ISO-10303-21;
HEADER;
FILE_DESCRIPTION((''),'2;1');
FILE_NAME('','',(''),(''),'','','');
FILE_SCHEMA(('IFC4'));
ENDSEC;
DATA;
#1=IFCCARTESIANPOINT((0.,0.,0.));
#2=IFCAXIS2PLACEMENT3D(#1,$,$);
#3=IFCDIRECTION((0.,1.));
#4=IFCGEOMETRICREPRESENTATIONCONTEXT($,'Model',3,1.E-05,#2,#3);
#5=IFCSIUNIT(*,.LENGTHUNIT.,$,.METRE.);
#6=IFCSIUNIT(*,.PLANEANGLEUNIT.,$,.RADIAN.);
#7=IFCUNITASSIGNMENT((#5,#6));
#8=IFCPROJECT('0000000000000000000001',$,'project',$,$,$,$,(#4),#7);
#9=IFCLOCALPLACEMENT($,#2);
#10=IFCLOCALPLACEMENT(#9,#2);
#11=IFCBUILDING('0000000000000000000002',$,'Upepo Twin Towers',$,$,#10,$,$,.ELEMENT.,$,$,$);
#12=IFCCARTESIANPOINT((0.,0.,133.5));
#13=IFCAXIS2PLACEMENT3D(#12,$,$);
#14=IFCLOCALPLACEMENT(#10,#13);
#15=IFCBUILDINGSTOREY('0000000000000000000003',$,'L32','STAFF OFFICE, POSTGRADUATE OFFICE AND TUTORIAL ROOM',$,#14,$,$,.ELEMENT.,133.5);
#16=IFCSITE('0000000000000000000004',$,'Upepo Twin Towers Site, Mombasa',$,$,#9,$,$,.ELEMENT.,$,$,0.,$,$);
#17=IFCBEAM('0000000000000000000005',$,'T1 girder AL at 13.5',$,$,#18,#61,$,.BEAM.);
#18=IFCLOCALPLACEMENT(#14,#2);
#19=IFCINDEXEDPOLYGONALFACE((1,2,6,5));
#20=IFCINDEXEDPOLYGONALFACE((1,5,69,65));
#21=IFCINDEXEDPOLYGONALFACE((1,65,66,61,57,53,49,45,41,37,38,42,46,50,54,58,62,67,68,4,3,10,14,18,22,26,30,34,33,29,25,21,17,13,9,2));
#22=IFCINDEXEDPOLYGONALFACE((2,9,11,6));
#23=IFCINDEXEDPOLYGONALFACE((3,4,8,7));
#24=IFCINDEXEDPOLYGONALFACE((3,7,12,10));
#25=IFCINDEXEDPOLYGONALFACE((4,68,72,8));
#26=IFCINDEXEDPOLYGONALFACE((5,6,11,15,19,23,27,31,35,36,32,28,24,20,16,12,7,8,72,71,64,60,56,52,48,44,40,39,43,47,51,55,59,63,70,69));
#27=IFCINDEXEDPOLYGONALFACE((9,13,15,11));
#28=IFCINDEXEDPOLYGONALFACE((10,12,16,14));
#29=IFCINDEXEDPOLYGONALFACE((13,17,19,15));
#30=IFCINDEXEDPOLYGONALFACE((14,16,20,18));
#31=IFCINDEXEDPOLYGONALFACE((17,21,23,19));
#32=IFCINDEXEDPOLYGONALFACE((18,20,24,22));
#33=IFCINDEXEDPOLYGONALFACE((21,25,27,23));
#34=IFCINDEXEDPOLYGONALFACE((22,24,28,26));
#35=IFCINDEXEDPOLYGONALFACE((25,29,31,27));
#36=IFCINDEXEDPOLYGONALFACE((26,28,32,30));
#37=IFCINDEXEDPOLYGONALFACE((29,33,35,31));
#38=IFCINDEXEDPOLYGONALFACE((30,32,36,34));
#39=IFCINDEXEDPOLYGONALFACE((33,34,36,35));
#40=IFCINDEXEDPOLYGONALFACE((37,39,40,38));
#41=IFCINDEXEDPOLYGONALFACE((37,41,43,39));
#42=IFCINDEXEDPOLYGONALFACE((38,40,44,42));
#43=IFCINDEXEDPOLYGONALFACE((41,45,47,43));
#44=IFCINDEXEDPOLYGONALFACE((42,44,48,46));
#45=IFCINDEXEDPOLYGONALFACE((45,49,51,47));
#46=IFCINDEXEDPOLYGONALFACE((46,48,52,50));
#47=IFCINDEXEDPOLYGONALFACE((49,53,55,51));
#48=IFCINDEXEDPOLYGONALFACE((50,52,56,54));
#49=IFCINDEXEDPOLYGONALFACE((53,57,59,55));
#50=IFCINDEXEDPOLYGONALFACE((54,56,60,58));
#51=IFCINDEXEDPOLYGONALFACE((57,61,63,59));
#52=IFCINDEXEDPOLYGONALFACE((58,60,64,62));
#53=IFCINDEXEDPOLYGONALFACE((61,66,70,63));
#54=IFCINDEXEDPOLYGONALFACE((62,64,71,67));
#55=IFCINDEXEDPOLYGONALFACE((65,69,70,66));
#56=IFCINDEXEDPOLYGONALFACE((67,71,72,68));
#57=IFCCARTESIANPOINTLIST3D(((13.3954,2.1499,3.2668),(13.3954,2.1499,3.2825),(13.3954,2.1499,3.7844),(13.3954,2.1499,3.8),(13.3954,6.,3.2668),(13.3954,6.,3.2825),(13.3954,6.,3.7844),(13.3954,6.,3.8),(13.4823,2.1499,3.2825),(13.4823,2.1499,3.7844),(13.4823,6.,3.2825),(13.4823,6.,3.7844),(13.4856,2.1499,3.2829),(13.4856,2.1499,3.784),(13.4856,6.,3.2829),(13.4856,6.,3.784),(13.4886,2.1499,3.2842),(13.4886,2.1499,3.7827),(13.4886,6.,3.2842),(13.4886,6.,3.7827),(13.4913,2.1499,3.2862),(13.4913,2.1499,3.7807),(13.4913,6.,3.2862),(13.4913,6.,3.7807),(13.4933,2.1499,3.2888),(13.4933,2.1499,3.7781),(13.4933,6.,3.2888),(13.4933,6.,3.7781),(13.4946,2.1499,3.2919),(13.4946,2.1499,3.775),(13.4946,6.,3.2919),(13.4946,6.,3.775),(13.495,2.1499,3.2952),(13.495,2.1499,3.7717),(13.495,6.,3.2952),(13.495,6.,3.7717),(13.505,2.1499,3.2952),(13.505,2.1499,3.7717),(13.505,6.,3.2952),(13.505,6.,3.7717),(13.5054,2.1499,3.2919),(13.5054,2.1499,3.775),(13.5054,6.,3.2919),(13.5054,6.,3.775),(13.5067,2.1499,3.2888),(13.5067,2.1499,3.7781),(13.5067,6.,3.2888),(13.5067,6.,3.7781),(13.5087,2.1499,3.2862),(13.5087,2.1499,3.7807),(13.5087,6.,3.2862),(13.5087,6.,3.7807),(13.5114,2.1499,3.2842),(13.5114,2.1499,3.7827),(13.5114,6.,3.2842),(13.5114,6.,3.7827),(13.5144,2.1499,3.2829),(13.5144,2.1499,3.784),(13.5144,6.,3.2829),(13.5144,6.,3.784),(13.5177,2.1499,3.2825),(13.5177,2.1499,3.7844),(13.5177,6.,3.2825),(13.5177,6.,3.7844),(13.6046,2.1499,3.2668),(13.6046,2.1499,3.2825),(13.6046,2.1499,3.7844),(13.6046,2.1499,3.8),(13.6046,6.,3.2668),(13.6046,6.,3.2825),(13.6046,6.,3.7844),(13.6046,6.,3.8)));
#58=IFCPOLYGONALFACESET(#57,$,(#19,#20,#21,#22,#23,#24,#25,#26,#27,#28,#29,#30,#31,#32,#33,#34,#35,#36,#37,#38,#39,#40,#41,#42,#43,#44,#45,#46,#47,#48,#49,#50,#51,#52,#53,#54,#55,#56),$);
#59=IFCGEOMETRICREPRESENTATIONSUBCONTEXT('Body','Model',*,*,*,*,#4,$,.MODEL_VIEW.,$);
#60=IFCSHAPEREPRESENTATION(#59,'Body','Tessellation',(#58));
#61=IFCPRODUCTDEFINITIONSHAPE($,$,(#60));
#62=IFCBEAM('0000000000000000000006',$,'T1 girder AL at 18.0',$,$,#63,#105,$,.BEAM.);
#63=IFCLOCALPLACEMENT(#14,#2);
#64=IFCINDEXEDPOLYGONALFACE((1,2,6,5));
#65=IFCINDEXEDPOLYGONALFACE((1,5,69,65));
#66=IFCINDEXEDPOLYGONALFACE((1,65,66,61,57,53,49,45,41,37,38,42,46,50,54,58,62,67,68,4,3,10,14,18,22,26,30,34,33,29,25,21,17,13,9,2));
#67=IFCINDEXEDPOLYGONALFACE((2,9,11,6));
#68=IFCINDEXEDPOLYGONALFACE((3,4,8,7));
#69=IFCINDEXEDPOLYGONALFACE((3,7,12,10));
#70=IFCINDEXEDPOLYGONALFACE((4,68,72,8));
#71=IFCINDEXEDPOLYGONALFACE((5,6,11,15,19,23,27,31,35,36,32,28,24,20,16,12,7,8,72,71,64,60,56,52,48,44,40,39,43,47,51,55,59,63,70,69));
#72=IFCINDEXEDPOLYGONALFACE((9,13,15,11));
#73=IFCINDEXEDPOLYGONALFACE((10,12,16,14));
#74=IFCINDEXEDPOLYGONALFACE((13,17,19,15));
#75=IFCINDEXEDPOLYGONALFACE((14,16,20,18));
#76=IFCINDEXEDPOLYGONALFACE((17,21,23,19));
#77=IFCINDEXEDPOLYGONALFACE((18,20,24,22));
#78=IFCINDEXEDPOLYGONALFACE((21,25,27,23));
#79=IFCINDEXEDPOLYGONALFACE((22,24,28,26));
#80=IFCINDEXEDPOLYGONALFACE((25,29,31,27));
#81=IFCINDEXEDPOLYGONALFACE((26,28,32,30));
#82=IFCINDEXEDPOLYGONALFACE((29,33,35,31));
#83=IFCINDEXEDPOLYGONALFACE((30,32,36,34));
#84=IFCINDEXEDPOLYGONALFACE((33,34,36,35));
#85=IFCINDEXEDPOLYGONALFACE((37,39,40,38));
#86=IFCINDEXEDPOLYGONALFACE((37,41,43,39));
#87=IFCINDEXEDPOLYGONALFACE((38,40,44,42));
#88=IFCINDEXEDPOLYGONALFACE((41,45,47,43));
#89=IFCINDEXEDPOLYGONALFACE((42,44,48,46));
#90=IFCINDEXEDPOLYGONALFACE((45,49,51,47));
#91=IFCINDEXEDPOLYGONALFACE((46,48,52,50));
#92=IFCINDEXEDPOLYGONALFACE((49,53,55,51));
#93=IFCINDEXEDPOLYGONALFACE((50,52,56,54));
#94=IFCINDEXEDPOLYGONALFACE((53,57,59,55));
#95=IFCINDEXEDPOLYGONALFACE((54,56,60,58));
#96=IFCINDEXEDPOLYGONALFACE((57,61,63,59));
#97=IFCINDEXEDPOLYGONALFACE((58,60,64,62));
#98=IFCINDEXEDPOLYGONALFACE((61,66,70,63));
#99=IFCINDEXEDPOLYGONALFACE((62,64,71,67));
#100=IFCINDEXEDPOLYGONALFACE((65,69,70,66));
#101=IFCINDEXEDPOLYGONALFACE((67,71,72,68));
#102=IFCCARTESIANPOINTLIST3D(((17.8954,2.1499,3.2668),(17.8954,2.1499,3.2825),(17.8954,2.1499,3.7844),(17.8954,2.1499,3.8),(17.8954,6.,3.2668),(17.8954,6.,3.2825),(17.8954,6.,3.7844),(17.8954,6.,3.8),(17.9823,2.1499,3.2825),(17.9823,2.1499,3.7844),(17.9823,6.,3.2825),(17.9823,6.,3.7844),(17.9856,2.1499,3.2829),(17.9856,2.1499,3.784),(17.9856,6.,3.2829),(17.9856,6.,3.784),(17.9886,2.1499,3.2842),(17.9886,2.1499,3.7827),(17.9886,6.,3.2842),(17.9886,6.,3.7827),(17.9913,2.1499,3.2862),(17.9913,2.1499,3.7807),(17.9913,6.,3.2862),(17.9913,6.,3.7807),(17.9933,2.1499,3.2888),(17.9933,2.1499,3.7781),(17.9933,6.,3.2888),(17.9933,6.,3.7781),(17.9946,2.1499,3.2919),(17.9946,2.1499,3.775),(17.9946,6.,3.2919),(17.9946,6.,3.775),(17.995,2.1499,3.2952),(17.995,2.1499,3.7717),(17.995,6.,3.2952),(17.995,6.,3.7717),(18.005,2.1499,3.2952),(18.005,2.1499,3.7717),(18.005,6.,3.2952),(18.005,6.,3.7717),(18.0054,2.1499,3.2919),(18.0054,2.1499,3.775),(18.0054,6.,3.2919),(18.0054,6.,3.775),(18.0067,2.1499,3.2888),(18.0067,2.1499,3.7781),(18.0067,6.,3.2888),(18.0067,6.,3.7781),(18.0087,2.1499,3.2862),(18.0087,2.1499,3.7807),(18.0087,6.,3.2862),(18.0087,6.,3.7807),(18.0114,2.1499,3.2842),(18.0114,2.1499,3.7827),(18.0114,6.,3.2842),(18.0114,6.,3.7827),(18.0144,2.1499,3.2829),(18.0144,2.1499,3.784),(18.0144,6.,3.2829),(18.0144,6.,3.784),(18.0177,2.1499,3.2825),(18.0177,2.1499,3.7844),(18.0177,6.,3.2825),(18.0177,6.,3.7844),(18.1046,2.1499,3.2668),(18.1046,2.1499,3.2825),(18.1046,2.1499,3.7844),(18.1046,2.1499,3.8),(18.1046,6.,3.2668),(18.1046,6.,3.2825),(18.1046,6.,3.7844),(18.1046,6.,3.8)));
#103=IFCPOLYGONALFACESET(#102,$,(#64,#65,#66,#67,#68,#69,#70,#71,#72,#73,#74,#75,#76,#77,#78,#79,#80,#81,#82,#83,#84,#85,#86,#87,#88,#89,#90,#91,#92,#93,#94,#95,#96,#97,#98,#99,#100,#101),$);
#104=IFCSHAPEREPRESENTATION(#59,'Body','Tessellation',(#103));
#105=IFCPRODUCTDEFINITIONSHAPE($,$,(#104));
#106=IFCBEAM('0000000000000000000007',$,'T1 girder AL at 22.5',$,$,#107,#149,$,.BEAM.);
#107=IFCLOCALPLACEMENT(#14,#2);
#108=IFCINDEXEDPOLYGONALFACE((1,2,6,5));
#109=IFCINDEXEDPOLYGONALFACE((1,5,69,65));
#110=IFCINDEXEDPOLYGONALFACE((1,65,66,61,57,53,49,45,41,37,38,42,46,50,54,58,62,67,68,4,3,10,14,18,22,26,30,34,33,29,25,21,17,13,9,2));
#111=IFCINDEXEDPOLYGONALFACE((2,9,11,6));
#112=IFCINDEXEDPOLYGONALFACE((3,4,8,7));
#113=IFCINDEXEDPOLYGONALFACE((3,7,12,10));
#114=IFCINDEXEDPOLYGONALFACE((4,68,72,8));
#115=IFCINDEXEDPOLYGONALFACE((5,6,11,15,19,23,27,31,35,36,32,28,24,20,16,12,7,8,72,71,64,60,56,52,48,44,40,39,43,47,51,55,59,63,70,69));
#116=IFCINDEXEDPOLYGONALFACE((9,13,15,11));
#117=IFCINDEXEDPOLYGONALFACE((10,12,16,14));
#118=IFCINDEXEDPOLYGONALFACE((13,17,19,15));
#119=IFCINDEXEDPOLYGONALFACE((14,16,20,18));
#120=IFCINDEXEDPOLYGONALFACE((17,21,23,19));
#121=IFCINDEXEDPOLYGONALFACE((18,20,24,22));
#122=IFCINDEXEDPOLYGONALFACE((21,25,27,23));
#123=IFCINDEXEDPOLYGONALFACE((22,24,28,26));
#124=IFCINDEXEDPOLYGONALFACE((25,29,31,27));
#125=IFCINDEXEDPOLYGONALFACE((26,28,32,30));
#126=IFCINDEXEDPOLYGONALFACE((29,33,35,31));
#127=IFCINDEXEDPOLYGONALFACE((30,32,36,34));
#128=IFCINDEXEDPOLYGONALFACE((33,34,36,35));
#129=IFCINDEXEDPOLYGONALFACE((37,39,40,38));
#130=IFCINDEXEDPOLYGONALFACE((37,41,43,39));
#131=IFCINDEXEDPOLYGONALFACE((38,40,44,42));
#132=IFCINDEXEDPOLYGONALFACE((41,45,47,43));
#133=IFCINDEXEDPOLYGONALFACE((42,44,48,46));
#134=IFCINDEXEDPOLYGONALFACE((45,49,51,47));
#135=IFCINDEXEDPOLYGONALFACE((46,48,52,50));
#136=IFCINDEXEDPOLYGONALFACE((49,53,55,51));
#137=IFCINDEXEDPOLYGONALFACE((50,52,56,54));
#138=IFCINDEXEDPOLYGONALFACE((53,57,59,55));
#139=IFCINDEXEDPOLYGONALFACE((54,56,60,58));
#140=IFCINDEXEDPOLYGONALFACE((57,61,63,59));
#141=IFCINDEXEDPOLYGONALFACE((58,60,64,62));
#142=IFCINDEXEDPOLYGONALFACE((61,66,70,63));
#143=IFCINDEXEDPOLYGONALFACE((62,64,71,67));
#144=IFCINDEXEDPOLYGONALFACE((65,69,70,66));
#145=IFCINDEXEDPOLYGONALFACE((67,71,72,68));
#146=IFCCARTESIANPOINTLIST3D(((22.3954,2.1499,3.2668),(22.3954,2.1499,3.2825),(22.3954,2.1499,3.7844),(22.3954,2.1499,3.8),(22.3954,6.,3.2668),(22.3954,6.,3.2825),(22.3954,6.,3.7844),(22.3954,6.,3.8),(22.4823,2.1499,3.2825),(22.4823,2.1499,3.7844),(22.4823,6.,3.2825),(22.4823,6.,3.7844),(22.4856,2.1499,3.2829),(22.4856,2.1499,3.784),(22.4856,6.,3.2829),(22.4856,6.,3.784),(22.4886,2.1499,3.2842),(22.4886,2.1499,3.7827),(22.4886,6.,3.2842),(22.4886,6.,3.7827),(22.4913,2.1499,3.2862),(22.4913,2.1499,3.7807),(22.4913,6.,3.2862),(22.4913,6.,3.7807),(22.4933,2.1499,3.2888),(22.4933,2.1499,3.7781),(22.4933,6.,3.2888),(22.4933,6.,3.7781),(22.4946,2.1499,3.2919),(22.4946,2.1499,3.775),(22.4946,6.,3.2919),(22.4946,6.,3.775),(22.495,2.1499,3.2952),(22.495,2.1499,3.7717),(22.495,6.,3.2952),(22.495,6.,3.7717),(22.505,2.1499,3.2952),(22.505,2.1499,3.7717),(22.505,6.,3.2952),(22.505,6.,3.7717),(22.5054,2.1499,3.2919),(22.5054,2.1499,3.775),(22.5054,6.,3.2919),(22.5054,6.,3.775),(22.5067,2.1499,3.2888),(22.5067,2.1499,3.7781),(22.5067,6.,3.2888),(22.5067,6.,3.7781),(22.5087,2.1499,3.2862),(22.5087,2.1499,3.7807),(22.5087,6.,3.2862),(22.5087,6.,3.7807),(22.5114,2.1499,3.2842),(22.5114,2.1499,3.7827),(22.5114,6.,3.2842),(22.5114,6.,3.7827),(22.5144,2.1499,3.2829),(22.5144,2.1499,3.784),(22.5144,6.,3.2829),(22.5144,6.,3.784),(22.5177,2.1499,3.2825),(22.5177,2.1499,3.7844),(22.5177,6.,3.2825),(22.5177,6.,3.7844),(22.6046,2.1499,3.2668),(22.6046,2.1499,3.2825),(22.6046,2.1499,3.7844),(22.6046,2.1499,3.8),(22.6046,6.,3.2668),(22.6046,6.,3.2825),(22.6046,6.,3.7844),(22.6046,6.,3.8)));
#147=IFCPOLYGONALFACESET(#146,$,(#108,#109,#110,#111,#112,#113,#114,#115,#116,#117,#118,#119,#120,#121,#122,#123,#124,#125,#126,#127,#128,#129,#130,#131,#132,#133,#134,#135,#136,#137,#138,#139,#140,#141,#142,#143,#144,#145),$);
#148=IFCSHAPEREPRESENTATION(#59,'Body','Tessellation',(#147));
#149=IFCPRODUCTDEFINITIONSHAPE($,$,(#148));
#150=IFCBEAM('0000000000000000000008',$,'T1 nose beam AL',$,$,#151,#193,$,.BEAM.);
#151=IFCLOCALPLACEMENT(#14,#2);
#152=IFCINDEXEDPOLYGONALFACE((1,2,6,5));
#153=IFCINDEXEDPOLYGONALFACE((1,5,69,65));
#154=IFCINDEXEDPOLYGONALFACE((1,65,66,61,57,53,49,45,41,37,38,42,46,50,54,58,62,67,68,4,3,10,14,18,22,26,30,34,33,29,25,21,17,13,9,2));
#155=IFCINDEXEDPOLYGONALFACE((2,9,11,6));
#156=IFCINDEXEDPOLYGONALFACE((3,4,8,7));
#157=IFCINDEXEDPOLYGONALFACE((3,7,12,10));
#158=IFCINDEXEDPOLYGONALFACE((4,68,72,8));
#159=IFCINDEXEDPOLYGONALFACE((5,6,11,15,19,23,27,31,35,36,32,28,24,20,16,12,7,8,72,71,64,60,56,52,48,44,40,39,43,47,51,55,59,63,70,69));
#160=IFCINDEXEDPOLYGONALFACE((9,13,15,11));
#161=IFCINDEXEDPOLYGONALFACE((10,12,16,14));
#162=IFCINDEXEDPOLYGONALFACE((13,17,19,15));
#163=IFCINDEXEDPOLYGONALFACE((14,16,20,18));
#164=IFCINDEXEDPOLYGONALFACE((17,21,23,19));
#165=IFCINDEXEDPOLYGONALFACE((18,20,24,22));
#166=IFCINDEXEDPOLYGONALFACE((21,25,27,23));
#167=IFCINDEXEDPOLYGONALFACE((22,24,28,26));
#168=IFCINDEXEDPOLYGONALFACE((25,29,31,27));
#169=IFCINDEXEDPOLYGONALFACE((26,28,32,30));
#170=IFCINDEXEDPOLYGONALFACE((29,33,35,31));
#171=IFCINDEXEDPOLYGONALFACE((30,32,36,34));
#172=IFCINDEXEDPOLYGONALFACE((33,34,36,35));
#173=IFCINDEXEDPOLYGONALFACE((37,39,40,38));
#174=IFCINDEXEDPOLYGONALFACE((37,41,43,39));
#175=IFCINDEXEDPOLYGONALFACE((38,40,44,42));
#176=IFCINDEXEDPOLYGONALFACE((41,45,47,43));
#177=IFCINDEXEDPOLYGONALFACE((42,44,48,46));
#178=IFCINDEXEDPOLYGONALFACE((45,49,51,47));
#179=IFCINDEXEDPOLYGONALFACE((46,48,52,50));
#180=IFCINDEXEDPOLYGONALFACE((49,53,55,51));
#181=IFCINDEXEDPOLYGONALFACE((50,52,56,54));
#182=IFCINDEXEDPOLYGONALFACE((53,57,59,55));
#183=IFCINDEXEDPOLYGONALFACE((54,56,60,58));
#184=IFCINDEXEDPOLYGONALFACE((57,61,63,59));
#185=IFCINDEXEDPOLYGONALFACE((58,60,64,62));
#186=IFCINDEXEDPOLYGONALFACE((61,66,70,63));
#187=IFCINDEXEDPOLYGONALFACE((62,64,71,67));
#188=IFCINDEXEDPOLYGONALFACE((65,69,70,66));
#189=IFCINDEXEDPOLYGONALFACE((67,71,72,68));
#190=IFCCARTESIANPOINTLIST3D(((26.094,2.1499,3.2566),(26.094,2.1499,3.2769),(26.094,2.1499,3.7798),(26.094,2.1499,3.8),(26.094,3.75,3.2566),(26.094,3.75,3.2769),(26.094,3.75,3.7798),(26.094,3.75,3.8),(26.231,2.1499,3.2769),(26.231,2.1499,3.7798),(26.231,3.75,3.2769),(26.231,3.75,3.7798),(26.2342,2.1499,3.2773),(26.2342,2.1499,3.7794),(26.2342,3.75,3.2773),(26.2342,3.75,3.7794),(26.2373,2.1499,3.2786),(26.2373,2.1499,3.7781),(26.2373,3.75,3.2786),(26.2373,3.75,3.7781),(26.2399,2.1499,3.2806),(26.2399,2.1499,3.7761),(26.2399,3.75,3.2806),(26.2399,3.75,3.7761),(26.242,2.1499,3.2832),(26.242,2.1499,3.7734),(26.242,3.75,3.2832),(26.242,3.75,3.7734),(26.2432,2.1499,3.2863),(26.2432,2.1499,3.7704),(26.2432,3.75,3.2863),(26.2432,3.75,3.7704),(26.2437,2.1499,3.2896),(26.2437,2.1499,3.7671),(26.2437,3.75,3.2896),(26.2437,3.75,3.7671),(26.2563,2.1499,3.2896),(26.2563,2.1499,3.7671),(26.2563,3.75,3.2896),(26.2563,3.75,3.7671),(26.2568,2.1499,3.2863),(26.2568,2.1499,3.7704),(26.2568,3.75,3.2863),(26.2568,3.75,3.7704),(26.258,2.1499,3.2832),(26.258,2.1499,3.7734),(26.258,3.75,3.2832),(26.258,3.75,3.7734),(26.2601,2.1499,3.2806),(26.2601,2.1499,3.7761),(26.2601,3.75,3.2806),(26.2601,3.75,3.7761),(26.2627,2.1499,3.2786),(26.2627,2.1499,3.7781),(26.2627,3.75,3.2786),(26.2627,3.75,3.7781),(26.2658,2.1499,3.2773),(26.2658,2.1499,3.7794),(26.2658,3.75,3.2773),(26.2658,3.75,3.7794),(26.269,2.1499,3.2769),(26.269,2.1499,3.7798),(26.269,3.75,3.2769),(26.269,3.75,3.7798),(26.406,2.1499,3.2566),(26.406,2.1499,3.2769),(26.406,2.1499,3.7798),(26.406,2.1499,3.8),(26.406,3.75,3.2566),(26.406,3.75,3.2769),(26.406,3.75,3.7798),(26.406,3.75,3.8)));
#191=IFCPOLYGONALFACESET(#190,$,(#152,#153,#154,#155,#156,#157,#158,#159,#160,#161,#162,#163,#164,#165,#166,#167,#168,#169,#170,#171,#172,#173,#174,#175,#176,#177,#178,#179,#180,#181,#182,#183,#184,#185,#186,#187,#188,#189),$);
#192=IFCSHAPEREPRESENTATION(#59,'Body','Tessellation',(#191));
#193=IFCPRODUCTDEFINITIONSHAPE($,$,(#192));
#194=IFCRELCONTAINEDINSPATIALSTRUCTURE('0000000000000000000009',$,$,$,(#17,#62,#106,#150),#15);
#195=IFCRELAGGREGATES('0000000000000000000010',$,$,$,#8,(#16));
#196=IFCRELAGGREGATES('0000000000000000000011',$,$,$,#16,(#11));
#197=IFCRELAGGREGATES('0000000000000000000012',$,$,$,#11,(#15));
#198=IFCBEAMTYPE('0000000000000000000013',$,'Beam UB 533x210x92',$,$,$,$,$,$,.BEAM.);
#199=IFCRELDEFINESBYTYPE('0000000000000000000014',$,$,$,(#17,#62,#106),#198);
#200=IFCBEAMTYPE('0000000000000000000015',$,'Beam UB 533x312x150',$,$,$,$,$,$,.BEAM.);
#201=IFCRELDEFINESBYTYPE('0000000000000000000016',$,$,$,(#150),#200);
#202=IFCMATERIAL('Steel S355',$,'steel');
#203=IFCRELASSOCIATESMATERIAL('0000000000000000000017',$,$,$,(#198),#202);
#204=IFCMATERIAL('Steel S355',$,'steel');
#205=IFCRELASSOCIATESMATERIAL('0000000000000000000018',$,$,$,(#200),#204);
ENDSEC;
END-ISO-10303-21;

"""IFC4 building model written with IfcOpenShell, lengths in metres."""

from ifc_helpers import new_model, si_unit, direction, frame, origin, origin_2d, place, context, subcontext, project, spatial, i_section, extrude, material, material_profile, profile_set, type_object, element, save


model = new_model("IFC4")

# Units and contexts
model_context = context("Model", 3, precision=1e-05, world=origin(), true_north=direction((0.0, 1.0)))
body_context = subcontext(model_context, "Body", "Model", "MODEL_VIEW")
ifc_project = project(units=[si_unit("LENGTHUNIT", "METRE"), si_unit("PLANEANGLEUNIT", "RADIAN")], contexts=[model_context])

# Site, building, storey
site_placement = place(None, origin())
site = spatial("IfcSite", under=ifc_project, at=site_placement, Name="Upepo Twin Towers Site, Mombasa", CompositionType="ELEMENT", RefElevation=0.0)
building_placement = place(site_placement, origin())
building = spatial("IfcBuilding", under=site, at=building_placement, Name="Upepo Twin Towers", CompositionType="ELEMENT")
storey_placement = place(building_placement, frame((0.0, 0.0, 133.5)))
storey = spatial("IfcBuildingStorey", under=building, at=storey_placement, Name="L32", Description="STAFF OFFICE, POSTGRADUATE OFFICE AND TUTORIAL ROOM", CompositionType="ELEMENT", Elevation=133.5)

# Beams
ifc_material_1 = material(Name="Steel S355", Category="steel")
ifc_material_profile_1 = material_profile(ifc_material_1, i_section(OverallWidth=0.2092, OverallDepth=0.5332, WebThickness=0.01, FlangeThickness=0.0156, FilletRadius=0.0127, at=origin_2d()), Name="UB 533x210x92")
ifc_profile_set_1 = profile_set([ifc_material_profile_1], Name="Steel S355")
beam_type_1 = type_object("IfcBeamType", Name="Beam UB 533x210x92", PredefinedType="BEAM", material=ifc_profile_set_1)
for number, where, z_axis, x_axis, name in (
    (1, (13.5, 6.0, 3.5334), (0.0, -1.0, 0.0), (1.0, 0.0, 0.0), "T1 girder AL at 13.5"),
    (2, (18.0, 6.0, 3.5334), (0.0, -1.0, 0.0), (1.0, 0.0, 0.0), "T1 girder AL at 18.0"),
    (3, (22.5, 6.0, 3.5334), (0.0, -1.0, 0.0), (1.0, 0.0, 0.0), "T1 girder AL at 22.5"),
):
    element("IfcBeam", number, at=place(storey_placement, frame(where, z_axis=z_axis, x_axis=x_axis)), inside=storey, type_object=beam_type_1, Name=name, PredefinedType="BEAM", context=body_context, shape_type="SweptSolid", body=[
        extrude(i_section(OverallWidth=0.2092, OverallDepth=0.5332, WebThickness=0.01, FlangeThickness=0.0156, FilletRadius=0.0127, at=origin_2d()), origin(), (0.0, 0.0, 1.0), 3.8501),
    ])
ifc_material_2 = material(Name="Steel S355", Category="steel")
ifc_material_profile_2 = material_profile(ifc_material_2, i_section(OverallWidth=0.312, OverallDepth=0.5435, WebThickness=0.0127, FlangeThickness=0.0203, FilletRadius=0.0127, at=origin_2d()), Name="UB 533x312x150")
ifc_profile_set_2 = profile_set([ifc_material_profile_2], Name="Steel S355")
beam_type_2 = type_object("IfcBeamType", Name="Beam UB 533x312x150", PredefinedType="BEAM", material=ifc_profile_set_2)
beam_1_placement = place(storey_placement, frame((26.25, 3.75, 3.5283), z_axis=(0.0, -1.0, 0.0), x_axis=(1.0, 0.0, 0.0)))
element("IfcBeam", 4, at=beam_1_placement, inside=storey, type_object=beam_type_2, Name="T1 nose beam AL", PredefinedType="BEAM", context=body_context, shape_type="SweptSolid", body=[
    extrude(i_section(OverallWidth=0.312, OverallDepth=0.5435, WebThickness=0.0127, FlangeThickness=0.0203, FilletRadius=0.0127, at=origin_2d()), origin(), (0.0, 0.0, 1.0), 1.6001),
])

save(model, "model.ifc")
